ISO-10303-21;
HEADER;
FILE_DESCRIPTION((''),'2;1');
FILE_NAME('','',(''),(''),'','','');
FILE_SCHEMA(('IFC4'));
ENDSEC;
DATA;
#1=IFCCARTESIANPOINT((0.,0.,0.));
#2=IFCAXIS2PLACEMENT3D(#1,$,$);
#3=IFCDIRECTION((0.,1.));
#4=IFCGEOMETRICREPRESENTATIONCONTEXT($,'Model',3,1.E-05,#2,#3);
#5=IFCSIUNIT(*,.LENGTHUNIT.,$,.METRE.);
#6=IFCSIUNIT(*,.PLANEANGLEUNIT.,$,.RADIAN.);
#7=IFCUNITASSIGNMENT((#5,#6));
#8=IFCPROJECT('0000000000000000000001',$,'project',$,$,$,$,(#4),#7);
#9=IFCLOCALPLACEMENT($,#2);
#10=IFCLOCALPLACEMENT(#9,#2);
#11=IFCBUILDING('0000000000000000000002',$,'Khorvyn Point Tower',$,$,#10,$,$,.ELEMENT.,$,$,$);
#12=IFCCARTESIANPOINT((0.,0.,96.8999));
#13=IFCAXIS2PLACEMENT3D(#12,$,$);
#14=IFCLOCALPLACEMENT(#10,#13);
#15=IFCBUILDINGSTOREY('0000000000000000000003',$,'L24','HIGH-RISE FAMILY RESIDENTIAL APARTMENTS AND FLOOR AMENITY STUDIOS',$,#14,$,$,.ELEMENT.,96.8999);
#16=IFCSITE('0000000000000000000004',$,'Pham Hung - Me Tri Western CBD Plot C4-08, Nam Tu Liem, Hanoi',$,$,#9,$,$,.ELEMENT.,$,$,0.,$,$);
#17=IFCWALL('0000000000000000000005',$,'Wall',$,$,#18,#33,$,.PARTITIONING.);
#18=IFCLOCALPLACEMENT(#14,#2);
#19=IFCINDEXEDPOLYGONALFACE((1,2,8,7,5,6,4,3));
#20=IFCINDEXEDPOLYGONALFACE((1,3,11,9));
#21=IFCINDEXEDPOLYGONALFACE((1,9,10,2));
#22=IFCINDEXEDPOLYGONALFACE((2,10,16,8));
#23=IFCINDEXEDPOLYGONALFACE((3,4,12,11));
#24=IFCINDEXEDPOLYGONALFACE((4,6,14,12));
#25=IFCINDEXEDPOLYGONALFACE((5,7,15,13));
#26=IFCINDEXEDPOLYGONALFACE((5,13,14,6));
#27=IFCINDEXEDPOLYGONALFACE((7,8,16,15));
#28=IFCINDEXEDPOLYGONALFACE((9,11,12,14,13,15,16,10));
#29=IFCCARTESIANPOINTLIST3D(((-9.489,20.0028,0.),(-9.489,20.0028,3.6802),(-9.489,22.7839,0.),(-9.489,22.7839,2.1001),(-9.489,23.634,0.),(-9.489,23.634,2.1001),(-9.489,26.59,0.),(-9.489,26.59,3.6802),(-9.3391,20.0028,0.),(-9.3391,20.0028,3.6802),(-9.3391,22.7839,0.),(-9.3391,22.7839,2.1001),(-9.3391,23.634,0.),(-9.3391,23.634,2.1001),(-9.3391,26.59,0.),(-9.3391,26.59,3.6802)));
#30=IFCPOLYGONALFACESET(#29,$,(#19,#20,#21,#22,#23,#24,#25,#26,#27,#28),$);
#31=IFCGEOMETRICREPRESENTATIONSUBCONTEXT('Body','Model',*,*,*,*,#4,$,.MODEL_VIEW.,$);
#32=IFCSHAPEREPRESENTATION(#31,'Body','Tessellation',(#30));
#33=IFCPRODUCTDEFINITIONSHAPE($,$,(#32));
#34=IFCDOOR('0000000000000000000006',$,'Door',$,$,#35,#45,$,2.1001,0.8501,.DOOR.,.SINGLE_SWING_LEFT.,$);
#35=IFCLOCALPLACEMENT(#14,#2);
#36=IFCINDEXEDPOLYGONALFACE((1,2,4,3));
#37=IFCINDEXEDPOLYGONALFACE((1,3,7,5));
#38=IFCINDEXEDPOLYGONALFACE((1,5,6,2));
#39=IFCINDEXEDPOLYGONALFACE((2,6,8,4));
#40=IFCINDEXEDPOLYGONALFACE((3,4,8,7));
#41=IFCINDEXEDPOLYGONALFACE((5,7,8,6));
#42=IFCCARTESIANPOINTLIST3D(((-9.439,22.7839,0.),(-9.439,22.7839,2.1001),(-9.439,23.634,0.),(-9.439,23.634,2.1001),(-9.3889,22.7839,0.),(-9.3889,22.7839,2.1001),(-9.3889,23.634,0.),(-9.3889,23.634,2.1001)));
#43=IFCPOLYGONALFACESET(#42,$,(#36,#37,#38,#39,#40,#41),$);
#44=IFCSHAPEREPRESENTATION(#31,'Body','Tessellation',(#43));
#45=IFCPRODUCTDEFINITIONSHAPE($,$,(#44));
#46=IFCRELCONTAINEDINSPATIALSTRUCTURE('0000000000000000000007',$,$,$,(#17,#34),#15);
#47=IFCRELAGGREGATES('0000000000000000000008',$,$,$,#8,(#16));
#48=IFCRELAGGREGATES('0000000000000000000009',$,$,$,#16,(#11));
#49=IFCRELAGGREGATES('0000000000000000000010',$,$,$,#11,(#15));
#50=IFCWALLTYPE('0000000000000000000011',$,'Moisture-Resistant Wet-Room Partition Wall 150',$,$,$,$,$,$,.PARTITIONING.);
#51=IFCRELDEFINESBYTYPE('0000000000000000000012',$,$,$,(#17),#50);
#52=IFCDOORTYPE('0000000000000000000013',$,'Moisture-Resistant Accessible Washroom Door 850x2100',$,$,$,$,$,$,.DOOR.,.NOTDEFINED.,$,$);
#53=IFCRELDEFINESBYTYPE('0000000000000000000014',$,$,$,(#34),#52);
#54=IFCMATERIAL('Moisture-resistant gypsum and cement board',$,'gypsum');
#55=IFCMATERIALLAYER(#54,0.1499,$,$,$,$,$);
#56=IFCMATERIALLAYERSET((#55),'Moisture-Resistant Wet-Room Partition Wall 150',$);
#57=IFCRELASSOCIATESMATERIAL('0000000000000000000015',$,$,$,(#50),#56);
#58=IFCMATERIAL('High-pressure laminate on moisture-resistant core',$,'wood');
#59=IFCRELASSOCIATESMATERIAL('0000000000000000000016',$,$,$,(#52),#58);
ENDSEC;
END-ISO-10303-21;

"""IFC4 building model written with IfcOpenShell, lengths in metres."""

from ifc_helpers import new_model, si_unit, direction, frame, frame_2d, origin, place, context, subcontext, project, spatial, rectangle, extrude, material, layer, layer_set, type_object, element, fill, save


model = new_model("IFC4")

# Units and contexts
model_context = context("Model", 3, precision=1e-05, world=origin(), true_north=direction((0.0, 1.0)))
body_context = subcontext(model_context, "Body", "Model", "MODEL_VIEW")
ifc_project = project(units=[si_unit("LENGTHUNIT", "METRE"), si_unit("PLANEANGLEUNIT", "RADIAN")], contexts=[model_context])

# Site, building, storey
site_placement = place(None, origin())
site = spatial("IfcSite", under=ifc_project, at=site_placement, Name="Pham Hung - Me Tri Western CBD Plot C4-08, Nam Tu Liem, Hanoi", CompositionType="ELEMENT", RefElevation=0.0)
building_placement = place(site_placement, origin())
building = spatial("IfcBuilding", under=site, at=building_placement, Name="Khorvyn Point Tower", CompositionType="ELEMENT")
storey_placement = place(building_placement, frame((0.0, 0.0, 96.8999)))
storey = spatial("IfcBuildingStorey", under=building, at=storey_placement, Name="L24", Description="HIGH-RISE FAMILY RESIDENTIAL APARTMENTS AND FLOOR AMENITY STUDIOS", CompositionType="ELEMENT", Elevation=96.8999)

# Wall, opening, door
ifc_material_1 = material(Name="Moisture-resistant gypsum and cement board", Category="gypsum")
ifc_layer_1 = layer(ifc_material_1, 0.1499)
ifc_layer_set_1 = layer_set([ifc_layer_1], Name="Moisture-Resistant Wet-Room Partition Wall 150")
wall_type_1 = type_object("IfcWallType", Name="Moisture-Resistant Wet-Room Partition Wall 150", PredefinedType="PARTITIONING", material=ifc_layer_set_1)
wall_1_placement = place(storey_placement, frame((-9.4141, 20.0029, 0.0), z_axis=(0.0, 0.0, 1.0), x_axis=(0.0, 1.0, 0.0)))
wall_1 = element("IfcWall", 1, at=wall_1_placement, inside=storey, type_object=wall_type_1, Name="Wall", PredefinedType="PARTITIONING", context=body_context, shape_type="SweptSolid", body=[
    extrude(rectangle(XDim=6.5872, YDim=0.1499, at=frame_2d((3.2935, 0.0))), origin(), (0.0, 0.0, 1.0), 3.6802),
])
opening_1_placement = place(wall_1_placement, frame((2.781, 0.0, 0.0)))
opening_1 = element("IfcOpeningElement", 2, at=opening_1_placement, cuts=wall_1, PredefinedType="OPENING", context=body_context, shape_type="SweptSolid", body=[
    extrude(rectangle(XDim=0.8501, YDim=2.1001, at=frame_2d((0.425, 1.05))), frame((0.0, 0.085, 0.0), z_axis=(0.0, -1.0, 0.0), x_axis=(1.0, 0.0, 0.0)), (0.0, 0.0, 1.0), 0.1699),
])
ifc_material_2 = material(Name="High-pressure laminate on moisture-resistant core", Category="wood")
door_type_1 = type_object("IfcDoorType", Name="Moisture-Resistant Accessible Washroom Door 850x2100", OperationType="NOTDEFINED", PredefinedType="DOOR", material=ifc_material_2)
door_1_placement = place(opening_1_placement, origin())
door_1 = element("IfcDoor", 3, at=door_1_placement, inside=storey, type_object=door_type_1, Name="Door", OperationType="SINGLE_SWING_LEFT", OverallHeight=2.1001, OverallWidth=0.8501, PredefinedType="DOOR", context=body_context, shape_type="SweptSolid", body=[
    extrude(rectangle(XDim=0.8501, YDim=2.1001, at=frame_2d((0.425, 1.05))), frame((0.0, 0.0249, 0.0), z_axis=(0.0, -1.0, 0.0), x_axis=(1.0, 0.0, 0.0)), (0.0, 0.0, 1.0), 0.05),
])
fill(opening_1, door_1)

save(model, "model.ifc")
